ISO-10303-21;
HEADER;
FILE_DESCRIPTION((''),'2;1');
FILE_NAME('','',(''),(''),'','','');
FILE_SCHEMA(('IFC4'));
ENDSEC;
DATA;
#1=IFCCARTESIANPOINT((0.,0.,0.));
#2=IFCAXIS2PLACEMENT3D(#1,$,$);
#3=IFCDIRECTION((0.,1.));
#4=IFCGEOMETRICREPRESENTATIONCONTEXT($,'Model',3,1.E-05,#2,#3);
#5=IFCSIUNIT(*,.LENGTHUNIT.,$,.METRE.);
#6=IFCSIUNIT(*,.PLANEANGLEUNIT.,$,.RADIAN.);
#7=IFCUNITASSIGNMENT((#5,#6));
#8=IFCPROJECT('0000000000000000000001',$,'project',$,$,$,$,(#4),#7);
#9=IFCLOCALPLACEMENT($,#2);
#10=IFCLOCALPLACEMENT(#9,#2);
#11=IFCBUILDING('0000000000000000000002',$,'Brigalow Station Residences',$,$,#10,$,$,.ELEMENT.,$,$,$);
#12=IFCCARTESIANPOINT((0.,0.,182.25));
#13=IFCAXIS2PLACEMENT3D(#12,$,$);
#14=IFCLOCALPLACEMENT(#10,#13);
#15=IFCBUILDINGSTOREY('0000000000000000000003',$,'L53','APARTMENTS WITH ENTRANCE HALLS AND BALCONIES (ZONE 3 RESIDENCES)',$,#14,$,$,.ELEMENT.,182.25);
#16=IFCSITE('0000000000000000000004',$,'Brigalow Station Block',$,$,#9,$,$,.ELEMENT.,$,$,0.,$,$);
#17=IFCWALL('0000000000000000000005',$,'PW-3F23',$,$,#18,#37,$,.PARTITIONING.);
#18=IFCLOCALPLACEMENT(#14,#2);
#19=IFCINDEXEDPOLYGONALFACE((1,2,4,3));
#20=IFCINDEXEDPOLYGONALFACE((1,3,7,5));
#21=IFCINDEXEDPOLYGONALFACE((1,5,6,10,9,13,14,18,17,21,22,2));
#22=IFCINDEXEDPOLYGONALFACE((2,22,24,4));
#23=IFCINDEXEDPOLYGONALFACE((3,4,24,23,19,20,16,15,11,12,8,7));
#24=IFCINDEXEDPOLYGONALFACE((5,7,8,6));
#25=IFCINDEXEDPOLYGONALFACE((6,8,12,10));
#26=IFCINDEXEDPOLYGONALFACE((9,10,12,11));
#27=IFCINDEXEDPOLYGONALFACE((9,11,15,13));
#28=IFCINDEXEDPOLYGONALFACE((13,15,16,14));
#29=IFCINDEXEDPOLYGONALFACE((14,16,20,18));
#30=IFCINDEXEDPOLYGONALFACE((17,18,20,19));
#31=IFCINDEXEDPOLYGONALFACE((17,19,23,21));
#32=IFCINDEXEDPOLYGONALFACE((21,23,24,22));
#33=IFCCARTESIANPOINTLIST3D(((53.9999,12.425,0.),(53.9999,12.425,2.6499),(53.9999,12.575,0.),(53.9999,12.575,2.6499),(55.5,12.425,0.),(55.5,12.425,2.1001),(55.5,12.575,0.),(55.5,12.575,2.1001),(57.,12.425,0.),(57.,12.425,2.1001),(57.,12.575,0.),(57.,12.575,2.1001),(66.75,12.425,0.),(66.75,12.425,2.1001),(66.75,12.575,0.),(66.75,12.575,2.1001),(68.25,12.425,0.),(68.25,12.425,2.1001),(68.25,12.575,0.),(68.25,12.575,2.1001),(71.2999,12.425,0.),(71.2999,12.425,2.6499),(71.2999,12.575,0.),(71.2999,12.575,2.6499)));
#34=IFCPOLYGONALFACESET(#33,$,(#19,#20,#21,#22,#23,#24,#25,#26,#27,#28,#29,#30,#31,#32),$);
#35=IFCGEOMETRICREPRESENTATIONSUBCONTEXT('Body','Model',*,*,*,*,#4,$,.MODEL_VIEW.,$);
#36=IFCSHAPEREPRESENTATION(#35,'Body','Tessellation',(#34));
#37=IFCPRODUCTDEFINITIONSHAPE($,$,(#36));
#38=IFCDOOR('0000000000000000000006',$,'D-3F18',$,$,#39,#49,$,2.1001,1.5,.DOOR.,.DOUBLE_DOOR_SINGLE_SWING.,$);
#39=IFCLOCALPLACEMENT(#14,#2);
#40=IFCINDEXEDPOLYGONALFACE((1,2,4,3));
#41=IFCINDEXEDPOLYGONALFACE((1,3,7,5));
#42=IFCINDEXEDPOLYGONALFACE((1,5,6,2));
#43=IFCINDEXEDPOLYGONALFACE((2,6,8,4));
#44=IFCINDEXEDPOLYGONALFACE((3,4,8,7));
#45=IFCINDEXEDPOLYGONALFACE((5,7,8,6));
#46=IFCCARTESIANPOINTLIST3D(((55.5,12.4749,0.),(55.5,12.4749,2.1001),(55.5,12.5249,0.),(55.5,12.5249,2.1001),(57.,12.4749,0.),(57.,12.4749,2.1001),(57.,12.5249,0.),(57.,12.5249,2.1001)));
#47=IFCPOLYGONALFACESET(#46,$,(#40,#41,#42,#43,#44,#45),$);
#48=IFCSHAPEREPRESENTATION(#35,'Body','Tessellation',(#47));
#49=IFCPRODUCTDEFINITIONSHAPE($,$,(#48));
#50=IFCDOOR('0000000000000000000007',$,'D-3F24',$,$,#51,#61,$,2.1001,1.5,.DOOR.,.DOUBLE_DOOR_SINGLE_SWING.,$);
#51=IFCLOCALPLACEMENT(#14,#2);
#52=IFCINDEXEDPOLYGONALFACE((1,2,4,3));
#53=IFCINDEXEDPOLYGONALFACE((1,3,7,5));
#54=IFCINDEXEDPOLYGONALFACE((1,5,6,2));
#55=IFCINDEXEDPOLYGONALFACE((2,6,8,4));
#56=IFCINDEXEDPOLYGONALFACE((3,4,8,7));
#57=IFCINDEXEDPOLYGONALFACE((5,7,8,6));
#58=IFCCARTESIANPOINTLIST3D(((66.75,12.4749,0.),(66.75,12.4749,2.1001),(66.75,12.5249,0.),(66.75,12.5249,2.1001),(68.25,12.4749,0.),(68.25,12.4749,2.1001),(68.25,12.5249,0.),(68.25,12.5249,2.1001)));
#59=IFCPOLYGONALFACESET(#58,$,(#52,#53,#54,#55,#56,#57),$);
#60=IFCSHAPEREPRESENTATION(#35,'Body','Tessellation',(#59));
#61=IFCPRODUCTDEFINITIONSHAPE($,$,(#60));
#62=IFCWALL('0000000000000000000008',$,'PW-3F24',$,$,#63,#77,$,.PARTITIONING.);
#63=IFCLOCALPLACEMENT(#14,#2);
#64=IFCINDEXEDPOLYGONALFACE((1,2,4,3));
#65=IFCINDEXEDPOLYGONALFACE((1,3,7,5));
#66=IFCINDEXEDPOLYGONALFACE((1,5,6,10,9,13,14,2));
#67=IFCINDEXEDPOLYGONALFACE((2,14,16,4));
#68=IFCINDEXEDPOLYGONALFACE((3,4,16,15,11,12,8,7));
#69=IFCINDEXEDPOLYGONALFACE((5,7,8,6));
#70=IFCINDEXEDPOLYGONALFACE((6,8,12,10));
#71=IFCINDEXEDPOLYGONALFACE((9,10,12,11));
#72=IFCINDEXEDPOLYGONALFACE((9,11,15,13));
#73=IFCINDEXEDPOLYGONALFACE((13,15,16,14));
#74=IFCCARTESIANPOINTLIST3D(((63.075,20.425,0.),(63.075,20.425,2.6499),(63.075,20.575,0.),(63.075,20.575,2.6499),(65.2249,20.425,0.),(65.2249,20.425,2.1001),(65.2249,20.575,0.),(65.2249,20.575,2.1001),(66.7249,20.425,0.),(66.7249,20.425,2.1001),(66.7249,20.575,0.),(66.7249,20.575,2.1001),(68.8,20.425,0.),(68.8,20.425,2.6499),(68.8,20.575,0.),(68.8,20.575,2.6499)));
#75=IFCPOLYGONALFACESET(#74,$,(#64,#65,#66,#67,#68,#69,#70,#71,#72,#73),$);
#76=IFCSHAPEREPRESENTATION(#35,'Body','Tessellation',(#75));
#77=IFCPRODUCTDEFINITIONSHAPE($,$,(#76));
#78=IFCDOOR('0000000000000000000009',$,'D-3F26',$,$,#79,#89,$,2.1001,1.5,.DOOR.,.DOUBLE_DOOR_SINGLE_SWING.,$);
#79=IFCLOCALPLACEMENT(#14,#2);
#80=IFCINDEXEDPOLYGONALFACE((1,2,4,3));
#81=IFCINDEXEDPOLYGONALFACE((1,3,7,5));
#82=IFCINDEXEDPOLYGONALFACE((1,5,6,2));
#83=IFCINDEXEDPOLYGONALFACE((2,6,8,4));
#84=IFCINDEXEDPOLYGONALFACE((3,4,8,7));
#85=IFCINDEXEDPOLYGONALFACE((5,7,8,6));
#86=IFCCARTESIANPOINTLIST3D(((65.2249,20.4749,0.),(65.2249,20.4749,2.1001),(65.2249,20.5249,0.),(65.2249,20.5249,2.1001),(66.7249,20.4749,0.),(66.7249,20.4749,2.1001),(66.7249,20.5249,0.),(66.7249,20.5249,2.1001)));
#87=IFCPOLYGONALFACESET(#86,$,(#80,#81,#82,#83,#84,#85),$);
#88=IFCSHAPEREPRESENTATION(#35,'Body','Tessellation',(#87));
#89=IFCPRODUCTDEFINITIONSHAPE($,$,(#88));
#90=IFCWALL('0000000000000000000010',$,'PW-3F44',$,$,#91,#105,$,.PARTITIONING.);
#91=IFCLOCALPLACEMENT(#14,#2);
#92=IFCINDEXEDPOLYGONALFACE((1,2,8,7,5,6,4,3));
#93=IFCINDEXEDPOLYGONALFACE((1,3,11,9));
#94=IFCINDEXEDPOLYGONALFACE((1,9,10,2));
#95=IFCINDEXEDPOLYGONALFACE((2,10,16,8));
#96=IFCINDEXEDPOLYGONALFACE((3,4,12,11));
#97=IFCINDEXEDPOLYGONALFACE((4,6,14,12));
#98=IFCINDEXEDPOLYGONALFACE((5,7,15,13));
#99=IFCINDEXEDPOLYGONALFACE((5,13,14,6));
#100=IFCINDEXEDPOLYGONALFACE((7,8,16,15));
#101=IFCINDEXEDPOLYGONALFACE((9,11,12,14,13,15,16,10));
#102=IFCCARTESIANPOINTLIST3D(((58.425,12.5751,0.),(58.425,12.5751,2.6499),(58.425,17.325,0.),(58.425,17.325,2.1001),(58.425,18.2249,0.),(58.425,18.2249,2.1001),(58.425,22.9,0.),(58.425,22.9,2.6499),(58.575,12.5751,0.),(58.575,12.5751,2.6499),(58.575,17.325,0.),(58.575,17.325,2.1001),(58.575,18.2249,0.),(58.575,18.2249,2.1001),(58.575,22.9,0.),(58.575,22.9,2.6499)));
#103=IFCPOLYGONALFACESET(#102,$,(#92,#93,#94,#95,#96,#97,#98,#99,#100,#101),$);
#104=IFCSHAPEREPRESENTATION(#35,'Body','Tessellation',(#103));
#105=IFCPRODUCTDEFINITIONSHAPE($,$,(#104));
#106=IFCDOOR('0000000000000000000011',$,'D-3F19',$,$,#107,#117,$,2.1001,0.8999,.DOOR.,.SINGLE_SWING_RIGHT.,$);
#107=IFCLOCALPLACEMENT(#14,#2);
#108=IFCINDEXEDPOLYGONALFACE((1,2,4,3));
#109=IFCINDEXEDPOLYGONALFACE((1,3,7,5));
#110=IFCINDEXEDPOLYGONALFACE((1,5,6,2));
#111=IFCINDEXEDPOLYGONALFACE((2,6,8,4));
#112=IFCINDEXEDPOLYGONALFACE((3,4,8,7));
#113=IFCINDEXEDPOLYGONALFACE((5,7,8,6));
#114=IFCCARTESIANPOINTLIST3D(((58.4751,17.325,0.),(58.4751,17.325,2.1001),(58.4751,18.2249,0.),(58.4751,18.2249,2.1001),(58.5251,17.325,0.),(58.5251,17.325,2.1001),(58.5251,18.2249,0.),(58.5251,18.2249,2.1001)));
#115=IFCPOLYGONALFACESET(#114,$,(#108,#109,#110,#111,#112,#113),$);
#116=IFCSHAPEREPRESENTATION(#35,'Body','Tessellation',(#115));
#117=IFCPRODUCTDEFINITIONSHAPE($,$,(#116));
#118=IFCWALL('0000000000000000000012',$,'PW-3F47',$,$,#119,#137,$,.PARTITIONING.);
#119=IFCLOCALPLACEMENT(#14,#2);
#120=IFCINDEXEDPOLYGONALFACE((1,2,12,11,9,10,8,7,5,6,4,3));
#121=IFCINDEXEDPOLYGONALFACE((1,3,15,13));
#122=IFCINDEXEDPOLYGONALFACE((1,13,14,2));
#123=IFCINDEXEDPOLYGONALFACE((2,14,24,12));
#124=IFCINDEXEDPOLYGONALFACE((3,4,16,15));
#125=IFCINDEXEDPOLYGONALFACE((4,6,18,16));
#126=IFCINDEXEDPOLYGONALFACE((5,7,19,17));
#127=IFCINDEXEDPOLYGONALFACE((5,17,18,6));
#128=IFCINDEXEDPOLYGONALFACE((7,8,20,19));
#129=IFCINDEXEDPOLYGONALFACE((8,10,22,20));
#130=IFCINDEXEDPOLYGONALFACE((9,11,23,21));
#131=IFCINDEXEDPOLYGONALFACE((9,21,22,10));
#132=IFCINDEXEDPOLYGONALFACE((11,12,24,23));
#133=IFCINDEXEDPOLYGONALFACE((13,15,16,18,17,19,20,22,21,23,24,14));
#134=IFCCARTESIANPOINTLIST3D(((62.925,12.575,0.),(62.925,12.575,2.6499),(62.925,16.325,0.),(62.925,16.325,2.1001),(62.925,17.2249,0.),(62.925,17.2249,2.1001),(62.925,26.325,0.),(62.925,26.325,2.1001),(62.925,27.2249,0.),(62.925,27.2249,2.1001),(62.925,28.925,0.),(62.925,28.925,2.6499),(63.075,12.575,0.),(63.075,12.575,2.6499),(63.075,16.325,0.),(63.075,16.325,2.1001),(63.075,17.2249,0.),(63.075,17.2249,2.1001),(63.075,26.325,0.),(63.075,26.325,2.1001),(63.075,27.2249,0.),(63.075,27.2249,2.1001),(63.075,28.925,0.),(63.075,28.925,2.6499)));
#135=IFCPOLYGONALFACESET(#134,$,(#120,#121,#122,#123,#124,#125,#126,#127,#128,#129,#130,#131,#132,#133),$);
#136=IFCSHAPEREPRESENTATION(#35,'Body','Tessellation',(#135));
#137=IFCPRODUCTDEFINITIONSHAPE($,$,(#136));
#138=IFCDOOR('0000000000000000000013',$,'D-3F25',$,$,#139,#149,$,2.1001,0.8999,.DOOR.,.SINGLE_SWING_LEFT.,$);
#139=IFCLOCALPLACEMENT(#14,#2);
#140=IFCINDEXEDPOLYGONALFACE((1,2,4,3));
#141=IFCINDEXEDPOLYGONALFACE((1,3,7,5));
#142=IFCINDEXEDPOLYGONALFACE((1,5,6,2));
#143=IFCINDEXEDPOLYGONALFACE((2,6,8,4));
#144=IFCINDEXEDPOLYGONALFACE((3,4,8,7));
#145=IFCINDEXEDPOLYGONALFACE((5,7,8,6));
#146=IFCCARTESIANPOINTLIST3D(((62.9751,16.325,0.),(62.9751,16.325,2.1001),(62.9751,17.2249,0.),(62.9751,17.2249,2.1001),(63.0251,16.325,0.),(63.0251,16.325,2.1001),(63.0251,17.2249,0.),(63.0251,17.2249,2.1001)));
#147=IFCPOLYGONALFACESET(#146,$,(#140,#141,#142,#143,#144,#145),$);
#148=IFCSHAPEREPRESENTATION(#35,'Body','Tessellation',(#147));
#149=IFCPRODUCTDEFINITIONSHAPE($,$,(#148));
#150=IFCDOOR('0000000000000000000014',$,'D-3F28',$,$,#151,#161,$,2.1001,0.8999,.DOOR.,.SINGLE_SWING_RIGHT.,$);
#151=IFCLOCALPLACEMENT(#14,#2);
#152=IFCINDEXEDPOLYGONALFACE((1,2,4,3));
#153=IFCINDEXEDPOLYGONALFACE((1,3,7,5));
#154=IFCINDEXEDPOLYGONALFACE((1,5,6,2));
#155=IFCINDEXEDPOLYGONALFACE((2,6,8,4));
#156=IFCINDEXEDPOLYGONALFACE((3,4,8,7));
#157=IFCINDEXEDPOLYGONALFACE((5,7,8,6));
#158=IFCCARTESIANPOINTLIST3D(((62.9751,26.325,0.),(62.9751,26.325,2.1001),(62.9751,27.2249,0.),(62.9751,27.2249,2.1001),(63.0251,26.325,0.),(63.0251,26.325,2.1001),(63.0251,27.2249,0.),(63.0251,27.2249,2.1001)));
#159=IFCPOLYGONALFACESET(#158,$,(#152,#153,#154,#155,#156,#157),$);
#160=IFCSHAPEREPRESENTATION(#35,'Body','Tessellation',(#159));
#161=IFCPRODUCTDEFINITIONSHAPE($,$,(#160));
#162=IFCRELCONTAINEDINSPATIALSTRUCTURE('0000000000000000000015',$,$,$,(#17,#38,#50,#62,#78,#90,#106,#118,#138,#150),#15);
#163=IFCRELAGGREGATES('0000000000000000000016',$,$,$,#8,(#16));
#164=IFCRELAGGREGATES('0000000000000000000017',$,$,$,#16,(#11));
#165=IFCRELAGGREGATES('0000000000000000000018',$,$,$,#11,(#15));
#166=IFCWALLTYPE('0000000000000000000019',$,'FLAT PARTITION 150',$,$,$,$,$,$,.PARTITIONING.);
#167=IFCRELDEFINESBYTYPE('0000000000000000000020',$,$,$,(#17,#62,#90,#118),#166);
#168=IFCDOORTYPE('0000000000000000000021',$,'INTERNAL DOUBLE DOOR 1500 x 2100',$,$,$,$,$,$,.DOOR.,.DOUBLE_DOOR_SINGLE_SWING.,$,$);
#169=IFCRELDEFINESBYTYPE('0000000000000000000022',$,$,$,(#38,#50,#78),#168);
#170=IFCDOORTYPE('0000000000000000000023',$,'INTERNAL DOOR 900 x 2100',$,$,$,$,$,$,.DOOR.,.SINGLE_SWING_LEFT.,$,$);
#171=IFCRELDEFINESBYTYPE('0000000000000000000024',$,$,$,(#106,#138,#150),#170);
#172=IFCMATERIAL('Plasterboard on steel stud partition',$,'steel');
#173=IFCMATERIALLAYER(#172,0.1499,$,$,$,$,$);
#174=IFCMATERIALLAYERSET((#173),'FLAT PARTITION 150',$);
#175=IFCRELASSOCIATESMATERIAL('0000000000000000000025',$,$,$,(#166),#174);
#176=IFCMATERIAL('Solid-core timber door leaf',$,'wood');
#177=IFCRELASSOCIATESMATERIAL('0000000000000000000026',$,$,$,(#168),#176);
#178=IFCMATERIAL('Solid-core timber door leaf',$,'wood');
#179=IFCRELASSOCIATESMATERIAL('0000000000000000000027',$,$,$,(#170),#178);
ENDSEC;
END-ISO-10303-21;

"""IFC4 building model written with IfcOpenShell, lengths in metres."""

from ifc_helpers import new_model, si_unit, direction, frame, frame_2d, origin, place, context, subcontext, project, spatial, rectangle, extrude, material, layer, layer_set, type_object, element, fill, save


model = new_model("IFC4")

# Units and contexts
model_context = context("Model", 3, precision=1e-05, world=origin(), true_north=direction((0.0, 1.0)))
body_context = subcontext(model_context, "Body", "Model", "MODEL_VIEW")
ifc_project = project(units=[si_unit("LENGTHUNIT", "METRE"), si_unit("PLANEANGLEUNIT", "RADIAN")], contexts=[model_context])

# Site, building, storey
site_placement = place(None, origin())
site = spatial("IfcSite", under=ifc_project, at=site_placement, Name="Brigalow Station Block", CompositionType="ELEMENT", RefElevation=0.0)
building_placement = place(site_placement, origin())
building = spatial("IfcBuilding", under=site, at=building_placement, Name="Brigalow Station Residences", CompositionType="ELEMENT")
storey_placement = place(building_placement, frame((0.0, 0.0, 182.25)))
storey = spatial("IfcBuildingStorey", under=building, at=storey_placement, Name="L53", Description="APARTMENTS WITH ENTRANCE HALLS AND BALCONIES (ZONE 3 RESIDENCES)", CompositionType="ELEMENT", Elevation=182.25)

# Wall, openings, doors
ifc_material_1 = material(Name="Plasterboard on steel stud partition", Category="steel")
ifc_layer_1 = layer(ifc_material_1, 0.1499)
ifc_layer_set_1 = layer_set([ifc_layer_1], Name="FLAT PARTITION 150")
wall_type_1 = type_object("IfcWallType", Name="FLAT PARTITION 150", PredefinedType="PARTITIONING", material=ifc_layer_set_1)
wall_1_placement = place(storey_placement, frame((54.0, 12.5, 0.0), z_axis=(0.0, 0.0, 1.0), x_axis=(1.0, 0.0, 0.0)))
wall_1 = element("IfcWall", 1, at=wall_1_placement, inside=storey, type_object=wall_type_1, Name="PW-3F23", PredefinedType="PARTITIONING", context=body_context, shape_type="SweptSolid", body=[
    extrude(rectangle(XDim=17.3, YDim=0.1499, at=frame_2d((8.6499, 0.0))), origin(), (0.0, 0.0, 1.0), 2.6499),
])
opening_1_placement = place(wall_1_placement, frame((1.5, 0.0, 0.0)))
opening_1 = element("IfcOpeningElement", 2, at=opening_1_placement, cuts=wall_1, PredefinedType="OPENING", context=body_context, shape_type="SweptSolid", body=[
    extrude(rectangle(XDim=1.5, YDim=2.1001, at=frame_2d((0.75, 1.05))), frame((0.0, 0.085, 0.0), z_axis=(0.0, -1.0, 0.0), x_axis=(1.0, 0.0, 0.0)), (0.0, 0.0, 1.0), 0.1699),
])
opening_2_placement = place(wall_1_placement, frame((12.75, 0.0, 0.0)))
opening_2 = element("IfcOpeningElement", 3, at=opening_2_placement, cuts=wall_1, PredefinedType="OPENING", context=body_context, shape_type="SweptSolid", body=[
    extrude(rectangle(XDim=1.5, YDim=2.1001, at=frame_2d((0.75, 1.05))), frame((0.0, 0.085, 0.0), z_axis=(0.0, -1.0, 0.0), x_axis=(1.0, 0.0, 0.0)), (0.0, 0.0, 1.0), 0.1699),
])
ifc_material_2 = material(Name="Solid-core timber door leaf", Category="wood")
door_type_1 = type_object("IfcDoorType", Name="INTERNAL DOUBLE DOOR 1500 x 2100", OperationType="DOUBLE_DOOR_SINGLE_SWING", PredefinedType="DOOR", material=ifc_material_2)
door_1_placement = place(opening_1_placement, origin())
door_1 = element("IfcDoor", 4, at=door_1_placement, inside=storey, type_object=door_type_1, Name="D-3F18", OperationType="DOUBLE_DOOR_SINGLE_SWING", OverallHeight=2.1001, OverallWidth=1.5, PredefinedType="DOOR", context=body_context, shape_type="SweptSolid", body=[
    extrude(rectangle(XDim=1.5, YDim=2.1001, at=frame_2d((0.75, 1.05))), frame((0.0, 0.0249, 0.0), z_axis=(0.0, -1.0, 0.0), x_axis=(1.0, 0.0, 0.0)), (0.0, 0.0, 1.0), 0.05),
])
fill(opening_1, door_1)
door_2_placement = place(opening_2_placement, origin())
door_2 = element("IfcDoor", 5, at=door_2_placement, inside=storey, type_object=door_type_1, Name="D-3F24", OperationType="DOUBLE_DOOR_SINGLE_SWING", OverallHeight=2.1001, OverallWidth=1.5, PredefinedType="DOOR", context=body_context, shape_type="SweptSolid", body=[
    extrude(rectangle(XDim=1.5, YDim=2.1001, at=frame_2d((0.75, 1.05))), frame((0.0, 0.0249, 0.0), z_axis=(0.0, -1.0, 0.0), x_axis=(1.0, 0.0, 0.0)), (0.0, 0.0, 1.0), 0.05),
])
fill(opening_2, door_2)

# Walls, openings, doors
wall_2_placement = place(storey_placement, frame((63.075, 20.5, 0.0), z_axis=(0.0, 0.0, 1.0), x_axis=(1.0, 0.0, 0.0)))
wall_2 = element("IfcWall", 6, at=wall_2_placement, inside=storey, type_object=wall_type_1, Name="PW-3F24", PredefinedType="PARTITIONING", context=body_context, shape_type="SweptSolid", body=[
    extrude(rectangle(XDim=5.7251, YDim=0.1499, at=frame_2d((2.8625, 0.0))), origin(), (0.0, 0.0, 1.0), 2.6499),
])
opening_3_placement = place(wall_2_placement, frame((2.1499, 0.0, 0.0)))
opening_3 = element("IfcOpeningElement", 7, at=opening_3_placement, cuts=wall_2, PredefinedType="OPENING", context=body_context, shape_type="SweptSolid", body=[
    extrude(rectangle(XDim=1.5, YDim=2.1001, at=frame_2d((0.75, 1.05))), frame((0.0, 0.085, 0.0), z_axis=(0.0, -1.0, 0.0), x_axis=(1.0, 0.0, 0.0)), (0.0, 0.0, 1.0), 0.1699),
])
door_3_placement = place(opening_3_placement, origin())
door_3 = element("IfcDoor", 8, at=door_3_placement, inside=storey, type_object=door_type_1, Name="D-3F26", OperationType="DOUBLE_DOOR_SINGLE_SWING", OverallHeight=2.1001, OverallWidth=1.5, PredefinedType="DOOR", context=body_context, shape_type="SweptSolid", body=[
    extrude(rectangle(XDim=1.5, YDim=2.1001, at=frame_2d((0.75, 1.05))), frame((0.0, 0.0249, 0.0), z_axis=(0.0, -1.0, 0.0), x_axis=(1.0, 0.0, 0.0)), (0.0, 0.0, 1.0), 0.05),
])
fill(opening_3, door_3)
wall_3_placement = place(storey_placement, frame((58.5, 12.575, 0.0), z_axis=(0.0, 0.0, 1.0), x_axis=(0.0, 1.0, 0.0)))
wall_3 = element("IfcWall", 9, at=wall_3_placement, inside=storey, type_object=wall_type_1, Name="PW-3F44", PredefinedType="PARTITIONING", context=body_context, shape_type="SweptSolid", body=[
    extrude(rectangle(XDim=10.325, YDim=0.1499, at=frame_2d((5.1626, 0.0))), origin(), (0.0, 0.0, 1.0), 2.6499),
])
opening_4_placement = place(wall_3_placement, frame((4.75, 0.0, 0.0)))
opening_4 = element("IfcOpeningElement", 10, at=opening_4_placement, cuts=wall_3, PredefinedType="OPENING", context=body_context, shape_type="SweptSolid", body=[
    extrude(rectangle(XDim=0.8999, YDim=2.1001, at=frame_2d((0.45, 1.05))), frame((0.0, 0.085, 0.0), z_axis=(0.0, -1.0, 0.0), x_axis=(1.0, 0.0, 0.0)), (0.0, 0.0, 1.0), 0.1699),
])
ifc_material_3 = material(Name="Solid-core timber door leaf", Category="wood")
door_type_2 = type_object("IfcDoorType", Name="INTERNAL DOOR 900 x 2100", OperationType="SINGLE_SWING_LEFT", PredefinedType="DOOR", material=ifc_material_3)
door_4_placement = place(opening_4_placement, origin())
door_4 = element("IfcDoor", 11, at=door_4_placement, inside=storey, type_object=door_type_2, Name="D-3F19", OperationType="SINGLE_SWING_RIGHT", OverallHeight=2.1001, OverallWidth=0.8999, PredefinedType="DOOR", context=body_context, shape_type="SweptSolid", body=[
    extrude(rectangle(XDim=0.8999, YDim=2.1001, at=frame_2d((0.45, 1.05))), frame((0.0, 0.0249, 0.0), z_axis=(0.0, -1.0, 0.0), x_axis=(1.0, 0.0, 0.0)), (0.0, 0.0, 1.0), 0.05),
])
fill(opening_4, door_4)

# Wall, openings, doors
wall_4_placement = place(storey_placement, frame((63.0, 12.575, 0.0), z_axis=(0.0, 0.0, 1.0), x_axis=(0.0, 1.0, 0.0)))
wall_4 = element("IfcWall", 12, at=wall_4_placement, inside=storey, type_object=wall_type_1, Name="PW-3F47", PredefinedType="PARTITIONING", context=body_context, shape_type="SweptSolid", body=[
    extrude(rectangle(XDim=16.3501, YDim=0.1499, at=frame_2d((8.175, 0.0))), origin(), (0.0, 0.0, 1.0), 2.6499),
])
opening_5_placement = place(wall_4_placement, frame((3.75, 0.0, 0.0)))
opening_5 = element("IfcOpeningElement", 13, at=opening_5_placement, cuts=wall_4, PredefinedType="OPENING", context=body_context, shape_type="SweptSolid", body=[
    extrude(rectangle(XDim=0.8999, YDim=2.1001, at=frame_2d((0.45, 1.05))), frame((0.0, 0.085, 0.0), z_axis=(0.0, -1.0, 0.0), x_axis=(1.0, 0.0, 0.0)), (0.0, 0.0, 1.0), 0.1699),
])
opening_6_placement = place(wall_4_placement, frame((13.75, 0.0, 0.0)))
opening_6 = element("IfcOpeningElement", 14, at=opening_6_placement, cuts=wall_4, PredefinedType="OPENING", context=body_context, shape_type="SweptSolid", body=[
    extrude(rectangle(XDim=0.8999, YDim=2.1001, at=frame_2d((0.45, 1.05))), frame((0.0, 0.085, 0.0), z_axis=(0.0, -1.0, 0.0), x_axis=(1.0, 0.0, 0.0)), (0.0, 0.0, 1.0), 0.1699),
])
door_5_placement = place(opening_5_placement, origin())
door_5 = element("IfcDoor", 15, at=door_5_placement, inside=storey, type_object=door_type_2, Name="D-3F25", OperationType="SINGLE_SWING_LEFT", OverallHeight=2.1001, OverallWidth=0.8999, PredefinedType="DOOR", context=body_context, shape_type="SweptSolid", body=[
    extrude(rectangle(XDim=0.8999, YDim=2.1001, at=frame_2d((0.45, 1.05))), frame((0.0, 0.0249, 0.0), z_axis=(0.0, -1.0, 0.0), x_axis=(1.0, 0.0, 0.0)), (0.0, 0.0, 1.0), 0.05),
])
fill(opening_5, door_5)
door_6_placement = place(opening_6_placement, origin())
door_6 = element("IfcDoor", 16, at=door_6_placement, inside=storey, type_object=door_type_2, Name="D-3F28", OperationType="SINGLE_SWING_RIGHT", OverallHeight=2.1001, OverallWidth=0.8999, PredefinedType="DOOR", context=body_context, shape_type="SweptSolid", body=[
    extrude(rectangle(XDim=0.8999, YDim=2.1001, at=frame_2d((0.45, 1.05))), frame((0.0, 0.0249, 0.0), z_axis=(0.0, -1.0, 0.0), x_axis=(1.0, 0.0, 0.0)), (0.0, 0.0, 1.0), 0.05),
])
fill(opening_6, door_6)

save(model, "model.ifc")
